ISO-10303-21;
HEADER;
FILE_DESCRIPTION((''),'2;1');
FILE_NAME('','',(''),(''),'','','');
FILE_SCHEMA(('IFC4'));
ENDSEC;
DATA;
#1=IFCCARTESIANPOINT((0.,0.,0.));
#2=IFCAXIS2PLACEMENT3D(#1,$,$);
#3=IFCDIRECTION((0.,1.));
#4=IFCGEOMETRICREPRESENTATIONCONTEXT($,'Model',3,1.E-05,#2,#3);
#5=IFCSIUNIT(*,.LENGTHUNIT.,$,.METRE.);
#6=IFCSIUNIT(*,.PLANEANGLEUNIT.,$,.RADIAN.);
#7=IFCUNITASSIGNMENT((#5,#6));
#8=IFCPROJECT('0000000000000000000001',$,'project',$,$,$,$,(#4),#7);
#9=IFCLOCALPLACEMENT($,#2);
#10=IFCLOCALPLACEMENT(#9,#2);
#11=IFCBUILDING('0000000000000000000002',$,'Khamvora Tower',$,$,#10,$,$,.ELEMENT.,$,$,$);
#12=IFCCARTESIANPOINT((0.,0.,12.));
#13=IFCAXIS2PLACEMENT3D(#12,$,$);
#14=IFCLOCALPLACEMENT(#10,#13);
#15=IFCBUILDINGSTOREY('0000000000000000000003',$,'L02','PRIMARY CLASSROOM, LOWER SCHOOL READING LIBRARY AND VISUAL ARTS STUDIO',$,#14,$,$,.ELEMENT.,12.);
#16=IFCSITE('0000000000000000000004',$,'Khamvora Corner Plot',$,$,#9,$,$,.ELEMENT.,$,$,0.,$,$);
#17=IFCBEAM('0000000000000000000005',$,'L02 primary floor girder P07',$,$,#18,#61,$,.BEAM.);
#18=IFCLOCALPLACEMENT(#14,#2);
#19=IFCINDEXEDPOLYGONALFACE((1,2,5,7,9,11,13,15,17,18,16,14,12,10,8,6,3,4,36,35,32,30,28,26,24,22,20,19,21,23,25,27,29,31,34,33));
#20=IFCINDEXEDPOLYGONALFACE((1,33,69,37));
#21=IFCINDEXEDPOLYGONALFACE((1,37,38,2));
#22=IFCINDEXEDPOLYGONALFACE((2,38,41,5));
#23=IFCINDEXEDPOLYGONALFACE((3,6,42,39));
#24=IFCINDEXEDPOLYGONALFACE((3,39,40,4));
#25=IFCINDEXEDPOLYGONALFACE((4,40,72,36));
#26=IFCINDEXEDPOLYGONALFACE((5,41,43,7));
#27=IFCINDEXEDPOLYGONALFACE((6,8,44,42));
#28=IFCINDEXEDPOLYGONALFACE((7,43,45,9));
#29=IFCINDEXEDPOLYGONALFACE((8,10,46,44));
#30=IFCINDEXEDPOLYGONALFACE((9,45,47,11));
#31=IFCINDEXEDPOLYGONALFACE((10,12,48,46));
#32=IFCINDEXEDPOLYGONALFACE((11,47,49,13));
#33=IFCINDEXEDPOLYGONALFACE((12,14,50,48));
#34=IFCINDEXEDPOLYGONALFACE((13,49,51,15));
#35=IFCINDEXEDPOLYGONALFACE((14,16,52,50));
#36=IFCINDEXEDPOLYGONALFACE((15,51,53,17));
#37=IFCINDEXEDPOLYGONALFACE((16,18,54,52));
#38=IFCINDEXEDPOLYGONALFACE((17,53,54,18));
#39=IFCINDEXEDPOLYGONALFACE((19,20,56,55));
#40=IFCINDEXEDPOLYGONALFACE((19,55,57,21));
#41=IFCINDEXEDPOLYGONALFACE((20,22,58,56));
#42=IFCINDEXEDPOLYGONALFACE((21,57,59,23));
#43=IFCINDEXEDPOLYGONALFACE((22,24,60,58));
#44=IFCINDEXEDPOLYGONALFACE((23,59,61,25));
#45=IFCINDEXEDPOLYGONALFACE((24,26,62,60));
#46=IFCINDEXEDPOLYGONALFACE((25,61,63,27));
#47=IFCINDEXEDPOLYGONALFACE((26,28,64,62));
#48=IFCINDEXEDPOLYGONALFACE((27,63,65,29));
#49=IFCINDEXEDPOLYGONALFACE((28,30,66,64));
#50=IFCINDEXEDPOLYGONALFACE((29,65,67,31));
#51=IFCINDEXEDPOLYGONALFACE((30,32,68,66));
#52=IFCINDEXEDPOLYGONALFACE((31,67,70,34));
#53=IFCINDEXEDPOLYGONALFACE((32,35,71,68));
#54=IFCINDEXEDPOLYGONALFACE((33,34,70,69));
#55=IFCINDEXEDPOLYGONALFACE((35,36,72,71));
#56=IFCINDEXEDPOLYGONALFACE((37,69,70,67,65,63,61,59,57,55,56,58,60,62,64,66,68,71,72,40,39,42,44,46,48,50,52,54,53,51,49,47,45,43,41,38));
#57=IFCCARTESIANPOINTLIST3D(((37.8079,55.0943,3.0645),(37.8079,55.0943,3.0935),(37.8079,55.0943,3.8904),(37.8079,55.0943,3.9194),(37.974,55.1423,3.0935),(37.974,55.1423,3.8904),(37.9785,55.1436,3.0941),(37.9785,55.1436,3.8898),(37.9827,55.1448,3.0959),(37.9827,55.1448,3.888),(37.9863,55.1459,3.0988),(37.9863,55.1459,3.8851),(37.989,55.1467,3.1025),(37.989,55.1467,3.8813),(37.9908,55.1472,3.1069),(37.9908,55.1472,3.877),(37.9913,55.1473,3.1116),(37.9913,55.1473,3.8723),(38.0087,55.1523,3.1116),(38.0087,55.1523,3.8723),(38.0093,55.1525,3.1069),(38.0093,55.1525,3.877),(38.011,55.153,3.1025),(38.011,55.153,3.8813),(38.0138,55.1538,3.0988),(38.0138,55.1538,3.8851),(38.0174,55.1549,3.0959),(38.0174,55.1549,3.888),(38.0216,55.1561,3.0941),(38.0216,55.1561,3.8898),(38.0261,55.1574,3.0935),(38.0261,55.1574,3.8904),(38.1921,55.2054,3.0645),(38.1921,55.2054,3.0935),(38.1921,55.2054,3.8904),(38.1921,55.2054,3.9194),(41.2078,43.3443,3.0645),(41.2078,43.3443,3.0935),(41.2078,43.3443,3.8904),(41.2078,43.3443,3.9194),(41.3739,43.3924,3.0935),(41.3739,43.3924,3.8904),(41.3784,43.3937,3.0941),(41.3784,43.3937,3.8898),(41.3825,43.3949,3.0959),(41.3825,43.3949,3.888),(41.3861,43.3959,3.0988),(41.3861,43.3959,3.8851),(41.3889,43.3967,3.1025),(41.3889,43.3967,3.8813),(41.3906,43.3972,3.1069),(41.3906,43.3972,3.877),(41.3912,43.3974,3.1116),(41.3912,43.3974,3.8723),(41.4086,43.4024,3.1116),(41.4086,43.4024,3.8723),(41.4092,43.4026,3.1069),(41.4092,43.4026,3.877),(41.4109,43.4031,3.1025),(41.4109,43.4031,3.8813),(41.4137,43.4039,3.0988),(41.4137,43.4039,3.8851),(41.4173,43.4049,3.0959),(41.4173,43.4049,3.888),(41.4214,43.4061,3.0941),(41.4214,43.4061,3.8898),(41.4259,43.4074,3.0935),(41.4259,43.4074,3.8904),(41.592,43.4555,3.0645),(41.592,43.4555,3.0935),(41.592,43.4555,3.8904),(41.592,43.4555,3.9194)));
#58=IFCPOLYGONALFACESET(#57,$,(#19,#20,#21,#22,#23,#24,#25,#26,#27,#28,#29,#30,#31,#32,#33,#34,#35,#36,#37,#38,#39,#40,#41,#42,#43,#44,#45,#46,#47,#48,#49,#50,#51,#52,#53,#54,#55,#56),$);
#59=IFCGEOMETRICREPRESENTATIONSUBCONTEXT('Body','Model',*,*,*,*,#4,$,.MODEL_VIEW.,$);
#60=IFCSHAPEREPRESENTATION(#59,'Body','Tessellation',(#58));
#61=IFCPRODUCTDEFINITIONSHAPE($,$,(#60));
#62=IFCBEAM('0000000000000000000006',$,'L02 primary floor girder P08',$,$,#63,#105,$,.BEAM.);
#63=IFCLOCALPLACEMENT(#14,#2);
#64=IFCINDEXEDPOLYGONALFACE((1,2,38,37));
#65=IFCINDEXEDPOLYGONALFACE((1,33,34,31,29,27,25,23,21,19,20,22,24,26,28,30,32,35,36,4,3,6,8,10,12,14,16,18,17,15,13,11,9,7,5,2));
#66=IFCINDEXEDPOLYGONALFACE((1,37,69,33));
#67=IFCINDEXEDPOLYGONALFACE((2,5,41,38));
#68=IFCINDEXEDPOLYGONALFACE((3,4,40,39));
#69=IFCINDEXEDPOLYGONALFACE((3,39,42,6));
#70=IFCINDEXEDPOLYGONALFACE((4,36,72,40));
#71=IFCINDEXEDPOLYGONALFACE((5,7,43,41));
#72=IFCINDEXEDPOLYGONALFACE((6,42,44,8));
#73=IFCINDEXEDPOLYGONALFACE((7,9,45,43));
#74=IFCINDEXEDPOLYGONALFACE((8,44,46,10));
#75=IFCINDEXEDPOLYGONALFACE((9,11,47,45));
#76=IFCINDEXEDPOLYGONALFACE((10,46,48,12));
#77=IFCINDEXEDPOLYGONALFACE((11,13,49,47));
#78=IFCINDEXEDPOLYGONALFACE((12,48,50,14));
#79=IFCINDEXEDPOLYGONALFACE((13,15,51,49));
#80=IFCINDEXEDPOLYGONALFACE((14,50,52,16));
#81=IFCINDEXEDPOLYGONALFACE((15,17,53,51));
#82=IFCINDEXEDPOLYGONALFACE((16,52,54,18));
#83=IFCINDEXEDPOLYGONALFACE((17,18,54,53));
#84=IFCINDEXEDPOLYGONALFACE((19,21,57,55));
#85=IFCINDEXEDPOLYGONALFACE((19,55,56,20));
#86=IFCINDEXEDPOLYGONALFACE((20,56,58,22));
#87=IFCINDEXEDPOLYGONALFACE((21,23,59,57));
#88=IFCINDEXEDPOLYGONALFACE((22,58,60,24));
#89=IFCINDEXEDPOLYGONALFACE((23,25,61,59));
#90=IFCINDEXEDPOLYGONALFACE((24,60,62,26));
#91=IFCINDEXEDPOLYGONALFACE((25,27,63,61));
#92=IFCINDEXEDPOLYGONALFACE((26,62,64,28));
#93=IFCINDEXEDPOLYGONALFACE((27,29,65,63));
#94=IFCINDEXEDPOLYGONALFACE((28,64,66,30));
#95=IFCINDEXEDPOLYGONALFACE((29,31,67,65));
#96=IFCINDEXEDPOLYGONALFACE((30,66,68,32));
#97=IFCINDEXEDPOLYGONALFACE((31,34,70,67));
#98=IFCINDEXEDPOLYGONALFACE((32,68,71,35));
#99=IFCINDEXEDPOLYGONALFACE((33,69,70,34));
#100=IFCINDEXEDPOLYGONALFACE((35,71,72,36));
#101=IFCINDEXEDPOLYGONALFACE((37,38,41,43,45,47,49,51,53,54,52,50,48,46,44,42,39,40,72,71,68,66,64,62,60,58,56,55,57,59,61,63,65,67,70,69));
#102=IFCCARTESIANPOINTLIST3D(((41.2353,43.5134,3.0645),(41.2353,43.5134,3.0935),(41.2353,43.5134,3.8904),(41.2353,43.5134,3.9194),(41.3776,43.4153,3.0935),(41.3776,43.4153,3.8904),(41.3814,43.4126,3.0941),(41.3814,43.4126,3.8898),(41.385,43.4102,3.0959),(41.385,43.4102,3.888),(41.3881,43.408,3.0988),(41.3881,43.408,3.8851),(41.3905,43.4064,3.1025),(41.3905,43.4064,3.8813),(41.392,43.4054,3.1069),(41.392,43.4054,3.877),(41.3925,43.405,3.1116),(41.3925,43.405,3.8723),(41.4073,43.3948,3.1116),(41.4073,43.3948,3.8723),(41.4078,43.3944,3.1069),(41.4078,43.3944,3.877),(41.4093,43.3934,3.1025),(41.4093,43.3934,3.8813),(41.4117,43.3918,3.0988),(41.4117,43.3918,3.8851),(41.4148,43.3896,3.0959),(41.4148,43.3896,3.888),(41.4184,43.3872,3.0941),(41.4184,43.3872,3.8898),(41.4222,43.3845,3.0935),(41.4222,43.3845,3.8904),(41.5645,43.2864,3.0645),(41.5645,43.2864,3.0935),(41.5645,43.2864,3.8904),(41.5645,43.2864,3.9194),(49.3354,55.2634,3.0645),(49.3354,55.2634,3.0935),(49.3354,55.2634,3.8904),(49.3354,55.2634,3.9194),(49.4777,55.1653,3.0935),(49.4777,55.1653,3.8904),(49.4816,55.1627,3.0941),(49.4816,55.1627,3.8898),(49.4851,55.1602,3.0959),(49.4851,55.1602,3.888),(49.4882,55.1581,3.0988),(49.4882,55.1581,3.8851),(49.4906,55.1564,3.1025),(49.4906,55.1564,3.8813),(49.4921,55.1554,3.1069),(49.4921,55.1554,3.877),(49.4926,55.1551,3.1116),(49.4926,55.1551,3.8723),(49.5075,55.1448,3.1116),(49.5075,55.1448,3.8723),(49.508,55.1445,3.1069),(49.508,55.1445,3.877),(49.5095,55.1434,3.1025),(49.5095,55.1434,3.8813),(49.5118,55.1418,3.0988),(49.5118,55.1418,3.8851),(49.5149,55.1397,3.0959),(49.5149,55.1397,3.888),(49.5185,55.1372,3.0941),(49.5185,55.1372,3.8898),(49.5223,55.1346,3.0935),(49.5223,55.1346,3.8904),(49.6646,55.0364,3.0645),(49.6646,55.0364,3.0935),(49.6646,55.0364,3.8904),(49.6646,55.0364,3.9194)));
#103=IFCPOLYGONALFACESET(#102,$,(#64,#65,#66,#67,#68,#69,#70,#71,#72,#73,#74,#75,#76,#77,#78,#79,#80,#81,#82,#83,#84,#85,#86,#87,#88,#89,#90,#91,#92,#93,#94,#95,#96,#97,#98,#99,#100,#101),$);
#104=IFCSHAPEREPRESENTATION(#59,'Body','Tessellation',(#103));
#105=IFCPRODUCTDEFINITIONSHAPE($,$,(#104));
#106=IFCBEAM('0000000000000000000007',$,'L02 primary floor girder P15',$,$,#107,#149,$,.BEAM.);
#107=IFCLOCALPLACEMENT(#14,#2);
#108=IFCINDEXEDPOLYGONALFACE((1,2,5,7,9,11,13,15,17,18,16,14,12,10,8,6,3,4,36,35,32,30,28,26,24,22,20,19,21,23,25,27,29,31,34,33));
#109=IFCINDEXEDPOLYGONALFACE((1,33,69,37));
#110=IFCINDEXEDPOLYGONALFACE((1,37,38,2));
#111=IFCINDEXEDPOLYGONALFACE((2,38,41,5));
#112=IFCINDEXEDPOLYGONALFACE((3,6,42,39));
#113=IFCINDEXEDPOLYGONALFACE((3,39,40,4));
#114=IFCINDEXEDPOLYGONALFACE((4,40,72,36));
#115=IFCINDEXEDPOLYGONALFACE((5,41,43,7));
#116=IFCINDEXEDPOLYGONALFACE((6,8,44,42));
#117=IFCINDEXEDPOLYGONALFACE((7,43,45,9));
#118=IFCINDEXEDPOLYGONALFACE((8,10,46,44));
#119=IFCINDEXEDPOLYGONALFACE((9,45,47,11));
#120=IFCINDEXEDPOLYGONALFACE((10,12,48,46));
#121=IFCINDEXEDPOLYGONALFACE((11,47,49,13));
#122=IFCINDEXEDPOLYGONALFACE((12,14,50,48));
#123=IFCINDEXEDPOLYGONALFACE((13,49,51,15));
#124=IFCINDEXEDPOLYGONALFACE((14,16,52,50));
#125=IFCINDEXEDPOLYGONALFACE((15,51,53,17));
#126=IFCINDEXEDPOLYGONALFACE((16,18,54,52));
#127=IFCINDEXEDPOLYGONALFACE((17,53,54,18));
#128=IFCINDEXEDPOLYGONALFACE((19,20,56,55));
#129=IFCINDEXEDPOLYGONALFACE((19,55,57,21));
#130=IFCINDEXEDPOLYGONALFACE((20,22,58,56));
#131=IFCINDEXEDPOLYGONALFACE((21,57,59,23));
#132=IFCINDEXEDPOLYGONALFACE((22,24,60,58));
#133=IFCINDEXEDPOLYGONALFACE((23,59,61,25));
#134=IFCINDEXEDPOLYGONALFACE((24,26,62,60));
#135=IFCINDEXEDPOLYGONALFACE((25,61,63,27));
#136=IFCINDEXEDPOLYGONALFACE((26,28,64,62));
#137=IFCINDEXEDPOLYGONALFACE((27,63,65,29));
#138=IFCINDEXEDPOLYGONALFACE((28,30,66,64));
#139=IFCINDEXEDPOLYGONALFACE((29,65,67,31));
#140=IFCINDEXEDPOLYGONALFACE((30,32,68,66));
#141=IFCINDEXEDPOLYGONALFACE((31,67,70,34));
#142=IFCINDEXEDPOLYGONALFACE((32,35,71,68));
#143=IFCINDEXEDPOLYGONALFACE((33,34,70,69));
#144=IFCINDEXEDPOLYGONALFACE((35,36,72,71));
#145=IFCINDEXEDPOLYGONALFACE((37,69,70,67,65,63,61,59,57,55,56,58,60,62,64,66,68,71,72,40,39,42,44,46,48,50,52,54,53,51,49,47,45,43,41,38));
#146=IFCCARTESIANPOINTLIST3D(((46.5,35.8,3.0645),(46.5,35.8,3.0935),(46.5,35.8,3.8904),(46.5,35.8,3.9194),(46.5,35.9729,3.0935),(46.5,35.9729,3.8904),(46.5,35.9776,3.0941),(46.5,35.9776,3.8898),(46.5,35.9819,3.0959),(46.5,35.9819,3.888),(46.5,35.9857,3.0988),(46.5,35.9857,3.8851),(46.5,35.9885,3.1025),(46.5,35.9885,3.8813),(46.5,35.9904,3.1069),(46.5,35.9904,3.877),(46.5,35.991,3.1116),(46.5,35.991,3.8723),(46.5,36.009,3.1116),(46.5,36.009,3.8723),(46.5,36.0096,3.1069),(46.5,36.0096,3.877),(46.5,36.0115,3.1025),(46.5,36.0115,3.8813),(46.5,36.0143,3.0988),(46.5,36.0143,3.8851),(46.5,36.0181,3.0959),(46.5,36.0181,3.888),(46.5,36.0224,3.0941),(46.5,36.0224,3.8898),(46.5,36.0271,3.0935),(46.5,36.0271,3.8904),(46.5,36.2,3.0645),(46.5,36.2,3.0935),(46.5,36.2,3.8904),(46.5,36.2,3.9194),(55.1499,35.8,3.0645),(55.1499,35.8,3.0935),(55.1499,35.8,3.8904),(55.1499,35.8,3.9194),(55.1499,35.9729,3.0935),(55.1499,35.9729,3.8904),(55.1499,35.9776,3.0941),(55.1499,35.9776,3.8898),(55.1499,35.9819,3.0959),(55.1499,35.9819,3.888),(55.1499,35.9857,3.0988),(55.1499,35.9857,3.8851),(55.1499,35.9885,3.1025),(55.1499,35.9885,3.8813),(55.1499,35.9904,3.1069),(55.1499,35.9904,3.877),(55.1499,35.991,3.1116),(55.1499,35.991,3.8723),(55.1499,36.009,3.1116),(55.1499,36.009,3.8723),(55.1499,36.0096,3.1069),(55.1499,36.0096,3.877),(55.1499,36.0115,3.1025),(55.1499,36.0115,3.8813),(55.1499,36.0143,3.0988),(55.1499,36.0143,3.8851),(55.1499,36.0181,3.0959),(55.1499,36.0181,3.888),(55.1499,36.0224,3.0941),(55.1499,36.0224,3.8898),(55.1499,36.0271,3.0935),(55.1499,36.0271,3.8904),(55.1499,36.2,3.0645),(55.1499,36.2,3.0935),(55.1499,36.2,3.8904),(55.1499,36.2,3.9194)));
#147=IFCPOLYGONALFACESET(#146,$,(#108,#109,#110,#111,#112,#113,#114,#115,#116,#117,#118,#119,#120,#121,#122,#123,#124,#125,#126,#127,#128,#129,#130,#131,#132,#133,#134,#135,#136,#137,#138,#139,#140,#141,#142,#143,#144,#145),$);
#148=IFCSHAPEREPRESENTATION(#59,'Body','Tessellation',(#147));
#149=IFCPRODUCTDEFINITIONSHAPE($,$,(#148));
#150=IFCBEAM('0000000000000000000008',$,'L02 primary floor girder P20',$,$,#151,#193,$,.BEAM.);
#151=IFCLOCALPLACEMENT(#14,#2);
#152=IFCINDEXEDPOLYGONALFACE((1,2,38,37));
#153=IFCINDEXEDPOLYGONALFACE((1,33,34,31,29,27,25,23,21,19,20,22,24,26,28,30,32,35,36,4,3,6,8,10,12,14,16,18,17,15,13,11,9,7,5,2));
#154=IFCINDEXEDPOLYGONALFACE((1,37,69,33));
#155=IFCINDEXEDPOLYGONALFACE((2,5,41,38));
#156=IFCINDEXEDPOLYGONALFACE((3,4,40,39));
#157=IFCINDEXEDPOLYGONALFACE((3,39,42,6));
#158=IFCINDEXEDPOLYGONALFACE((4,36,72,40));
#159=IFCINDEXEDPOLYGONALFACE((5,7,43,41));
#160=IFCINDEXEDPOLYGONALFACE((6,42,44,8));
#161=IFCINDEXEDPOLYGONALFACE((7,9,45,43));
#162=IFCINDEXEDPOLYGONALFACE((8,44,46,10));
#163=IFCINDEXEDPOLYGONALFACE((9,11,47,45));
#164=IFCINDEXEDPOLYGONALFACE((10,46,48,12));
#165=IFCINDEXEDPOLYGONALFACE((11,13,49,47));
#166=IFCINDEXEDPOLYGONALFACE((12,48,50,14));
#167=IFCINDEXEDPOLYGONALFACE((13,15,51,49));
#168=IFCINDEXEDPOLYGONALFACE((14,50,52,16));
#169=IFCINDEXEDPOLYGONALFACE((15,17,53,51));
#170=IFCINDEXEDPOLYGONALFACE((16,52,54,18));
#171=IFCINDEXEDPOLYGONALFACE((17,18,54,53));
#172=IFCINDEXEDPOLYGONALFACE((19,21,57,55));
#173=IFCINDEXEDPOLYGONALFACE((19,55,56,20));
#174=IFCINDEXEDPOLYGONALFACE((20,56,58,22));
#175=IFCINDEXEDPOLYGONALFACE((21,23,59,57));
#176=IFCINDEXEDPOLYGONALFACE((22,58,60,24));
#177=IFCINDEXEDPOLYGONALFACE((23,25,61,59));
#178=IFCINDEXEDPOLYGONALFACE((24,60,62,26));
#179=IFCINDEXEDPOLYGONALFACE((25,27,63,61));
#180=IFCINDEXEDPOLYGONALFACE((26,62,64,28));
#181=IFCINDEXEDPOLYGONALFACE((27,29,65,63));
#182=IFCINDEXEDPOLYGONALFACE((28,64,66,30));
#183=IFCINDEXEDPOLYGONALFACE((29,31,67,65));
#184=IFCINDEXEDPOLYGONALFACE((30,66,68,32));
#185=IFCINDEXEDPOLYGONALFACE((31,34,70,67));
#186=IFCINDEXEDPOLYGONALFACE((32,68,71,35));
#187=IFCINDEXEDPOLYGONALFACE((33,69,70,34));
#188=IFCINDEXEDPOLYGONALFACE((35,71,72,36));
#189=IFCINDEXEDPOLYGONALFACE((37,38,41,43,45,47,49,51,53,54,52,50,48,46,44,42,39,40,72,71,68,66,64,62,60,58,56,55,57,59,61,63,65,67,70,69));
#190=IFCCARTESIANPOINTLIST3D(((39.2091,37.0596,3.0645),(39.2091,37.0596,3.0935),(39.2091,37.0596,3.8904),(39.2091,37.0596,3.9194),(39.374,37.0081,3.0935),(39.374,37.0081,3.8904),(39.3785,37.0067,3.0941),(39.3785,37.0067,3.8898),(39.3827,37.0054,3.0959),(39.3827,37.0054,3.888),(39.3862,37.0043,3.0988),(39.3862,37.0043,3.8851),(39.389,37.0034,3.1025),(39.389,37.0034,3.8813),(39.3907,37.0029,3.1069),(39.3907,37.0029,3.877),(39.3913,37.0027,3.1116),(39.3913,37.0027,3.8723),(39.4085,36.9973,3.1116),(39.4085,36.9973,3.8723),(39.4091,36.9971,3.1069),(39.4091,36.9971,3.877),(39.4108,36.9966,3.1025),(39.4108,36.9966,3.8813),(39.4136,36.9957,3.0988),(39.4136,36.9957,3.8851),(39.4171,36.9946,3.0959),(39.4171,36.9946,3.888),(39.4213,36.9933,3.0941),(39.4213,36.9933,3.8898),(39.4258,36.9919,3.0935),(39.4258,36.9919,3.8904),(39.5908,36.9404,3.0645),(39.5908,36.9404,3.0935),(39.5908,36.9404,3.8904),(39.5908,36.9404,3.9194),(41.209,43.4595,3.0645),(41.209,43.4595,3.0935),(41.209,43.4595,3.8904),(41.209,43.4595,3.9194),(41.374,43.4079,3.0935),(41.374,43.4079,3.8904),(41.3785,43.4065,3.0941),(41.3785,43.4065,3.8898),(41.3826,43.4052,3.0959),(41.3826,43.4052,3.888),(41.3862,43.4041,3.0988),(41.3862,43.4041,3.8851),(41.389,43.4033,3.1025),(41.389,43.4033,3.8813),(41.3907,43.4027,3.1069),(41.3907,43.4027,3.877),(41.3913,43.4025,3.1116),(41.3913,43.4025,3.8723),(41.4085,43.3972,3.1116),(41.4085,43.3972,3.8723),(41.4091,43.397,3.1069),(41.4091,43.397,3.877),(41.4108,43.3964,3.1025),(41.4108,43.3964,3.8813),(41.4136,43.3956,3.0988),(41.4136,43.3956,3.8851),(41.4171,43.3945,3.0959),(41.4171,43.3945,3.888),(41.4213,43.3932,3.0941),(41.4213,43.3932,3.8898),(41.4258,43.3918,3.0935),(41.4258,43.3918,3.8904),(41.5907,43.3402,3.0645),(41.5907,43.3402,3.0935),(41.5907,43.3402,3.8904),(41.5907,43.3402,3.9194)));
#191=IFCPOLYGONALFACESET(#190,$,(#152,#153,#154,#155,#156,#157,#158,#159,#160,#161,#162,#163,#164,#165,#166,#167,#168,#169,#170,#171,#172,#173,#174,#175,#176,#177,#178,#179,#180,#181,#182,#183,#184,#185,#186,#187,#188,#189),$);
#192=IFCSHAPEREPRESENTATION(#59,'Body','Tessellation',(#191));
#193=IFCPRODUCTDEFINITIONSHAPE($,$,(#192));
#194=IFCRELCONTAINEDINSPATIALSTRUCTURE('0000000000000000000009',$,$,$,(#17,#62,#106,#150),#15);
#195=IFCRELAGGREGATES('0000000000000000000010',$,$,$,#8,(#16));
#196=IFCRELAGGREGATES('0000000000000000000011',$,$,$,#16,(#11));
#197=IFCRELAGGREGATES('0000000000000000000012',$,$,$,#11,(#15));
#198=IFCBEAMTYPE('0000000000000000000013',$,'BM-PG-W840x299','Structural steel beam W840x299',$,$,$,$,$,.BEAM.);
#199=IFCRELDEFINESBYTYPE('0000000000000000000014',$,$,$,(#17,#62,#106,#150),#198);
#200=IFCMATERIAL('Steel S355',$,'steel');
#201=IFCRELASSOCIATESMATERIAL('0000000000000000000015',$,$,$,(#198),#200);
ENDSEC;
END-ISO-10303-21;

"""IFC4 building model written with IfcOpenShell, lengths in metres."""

from ifc_helpers import new_model, si_unit, direction, frame, origin, origin_2d, place, context, subcontext, project, spatial, i_section, extrude, material, material_profile, profile_set, type_object, element, save


model = new_model("IFC4")

# Units and contexts
model_context = context("Model", 3, precision=1e-05, world=origin(), true_north=direction((0.0, 1.0)))
body_context = subcontext(model_context, "Body", "Model", "MODEL_VIEW")
ifc_project = project(units=[si_unit("LENGTHUNIT", "METRE"), si_unit("PLANEANGLEUNIT", "RADIAN")], contexts=[model_context])

# Site, building, storey
site_placement = place(None, origin())
site = spatial("IfcSite", under=ifc_project, at=site_placement, Name="Khamvora Corner Plot", CompositionType="ELEMENT", RefElevation=0.0)
building_placement = place(site_placement, origin())
building = spatial("IfcBuilding", under=site, at=building_placement, Name="Khamvora Tower", CompositionType="ELEMENT")
storey_placement = place(building_placement, frame((0.0, 0.0, 12.0)))
storey = spatial("IfcBuildingStorey", under=building, at=storey_placement, Name="L02", Description="PRIMARY CLASSROOM, LOWER SCHOOL READING LIBRARY AND VISUAL ARTS STUDIO", CompositionType="ELEMENT", Elevation=12.0)

# Beams
ifc_material_1 = material(Name="Steel S355", Category="steel")
ifc_material_profile_1 = material_profile(ifc_material_1, i_section(OverallWidth=0.3999, OverallDepth=0.855, WebThickness=0.0181, FlangeThickness=0.0291, FilletRadius=0.0181, at=origin_2d()), Name="W840x299")
ifc_profile_set_1 = profile_set([ifc_material_profile_1], Name="Steel S355")
beam_type_1 = type_object("IfcBeamType", Name="BM-PG-W840x299", Description="Structural steel beam W840x299", PredefinedType="BEAM", material=ifc_profile_set_1)
beam_1_placement = place(storey_placement, frame((41.3999, 43.3999, 3.4919), z_axis=(-0.277951, 0.960595, 0.0), x_axis=(-0.960595, -0.277951, 0.0)))
element("IfcBeam", 1, at=beam_1_placement, inside=storey, type_object=beam_type_1, Name="L02 primary floor girder P07", PredefinedType="BEAM", context=body_context, shape_type="SweptSolid", body=[
    extrude(i_section(OverallWidth=0.3999, OverallDepth=0.855, WebThickness=0.0181, FlangeThickness=0.0291, FilletRadius=0.0181, at=origin_2d()), origin(), (0.0, 0.0, 1.0), 12.2319),
])
beam_2_placement = place(storey_placement, frame((41.3999, 43.3999, 3.4919), z_axis=(0.567574, 0.823322, 0.0), x_axis=(-0.823322, 0.567574, 0.0)))
element("IfcBeam", 2, at=beam_2_placement, inside=storey, type_object=beam_type_1, Name="L02 primary floor girder P08", PredefinedType="BEAM", context=body_context, shape_type="SweptSolid", body=[
    extrude(i_section(OverallWidth=0.3999, OverallDepth=0.855, WebThickness=0.0181, FlangeThickness=0.0291, FilletRadius=0.0181, at=origin_2d()), origin(), (0.0, 0.0, 1.0), 14.2715),
])
beam_3_placement = place(storey_placement, frame((46.5, 36.0, 3.4919), z_axis=(1.0, 0.0, 0.0), x_axis=(0.0, 1.0, 0.0)))
element("IfcBeam", 3, at=beam_3_placement, inside=storey, type_object=beam_type_1, Name="L02 primary floor girder P15", PredefinedType="BEAM", context=body_context, shape_type="SweptSolid", body=[
    extrude(i_section(OverallWidth=0.3999, OverallDepth=0.855, WebThickness=0.0181, FlangeThickness=0.0291, FilletRadius=0.0181, at=origin_2d()), origin(), (0.0, 0.0, 1.0), 8.6499),
])
beam_4_placement = place(storey_placement, frame((39.3999, 37.0, 3.4919), z_axis=(0.298279, 0.954479, 0.0), x_axis=(-0.954479, 0.298279, 0.0)))
element("IfcBeam", 4, at=beam_4_placement, inside=storey, type_object=beam_type_1, Name="L02 primary floor girder P20", PredefinedType="BEAM", context=body_context, shape_type="SweptSolid", body=[
    extrude(i_section(OverallWidth=0.3999, OverallDepth=0.855, WebThickness=0.0181, FlangeThickness=0.0291, FilletRadius=0.0181, at=origin_2d()), origin(), (0.0, 0.0, 1.0), 6.7051),
])

save(model, "model.ifc")
